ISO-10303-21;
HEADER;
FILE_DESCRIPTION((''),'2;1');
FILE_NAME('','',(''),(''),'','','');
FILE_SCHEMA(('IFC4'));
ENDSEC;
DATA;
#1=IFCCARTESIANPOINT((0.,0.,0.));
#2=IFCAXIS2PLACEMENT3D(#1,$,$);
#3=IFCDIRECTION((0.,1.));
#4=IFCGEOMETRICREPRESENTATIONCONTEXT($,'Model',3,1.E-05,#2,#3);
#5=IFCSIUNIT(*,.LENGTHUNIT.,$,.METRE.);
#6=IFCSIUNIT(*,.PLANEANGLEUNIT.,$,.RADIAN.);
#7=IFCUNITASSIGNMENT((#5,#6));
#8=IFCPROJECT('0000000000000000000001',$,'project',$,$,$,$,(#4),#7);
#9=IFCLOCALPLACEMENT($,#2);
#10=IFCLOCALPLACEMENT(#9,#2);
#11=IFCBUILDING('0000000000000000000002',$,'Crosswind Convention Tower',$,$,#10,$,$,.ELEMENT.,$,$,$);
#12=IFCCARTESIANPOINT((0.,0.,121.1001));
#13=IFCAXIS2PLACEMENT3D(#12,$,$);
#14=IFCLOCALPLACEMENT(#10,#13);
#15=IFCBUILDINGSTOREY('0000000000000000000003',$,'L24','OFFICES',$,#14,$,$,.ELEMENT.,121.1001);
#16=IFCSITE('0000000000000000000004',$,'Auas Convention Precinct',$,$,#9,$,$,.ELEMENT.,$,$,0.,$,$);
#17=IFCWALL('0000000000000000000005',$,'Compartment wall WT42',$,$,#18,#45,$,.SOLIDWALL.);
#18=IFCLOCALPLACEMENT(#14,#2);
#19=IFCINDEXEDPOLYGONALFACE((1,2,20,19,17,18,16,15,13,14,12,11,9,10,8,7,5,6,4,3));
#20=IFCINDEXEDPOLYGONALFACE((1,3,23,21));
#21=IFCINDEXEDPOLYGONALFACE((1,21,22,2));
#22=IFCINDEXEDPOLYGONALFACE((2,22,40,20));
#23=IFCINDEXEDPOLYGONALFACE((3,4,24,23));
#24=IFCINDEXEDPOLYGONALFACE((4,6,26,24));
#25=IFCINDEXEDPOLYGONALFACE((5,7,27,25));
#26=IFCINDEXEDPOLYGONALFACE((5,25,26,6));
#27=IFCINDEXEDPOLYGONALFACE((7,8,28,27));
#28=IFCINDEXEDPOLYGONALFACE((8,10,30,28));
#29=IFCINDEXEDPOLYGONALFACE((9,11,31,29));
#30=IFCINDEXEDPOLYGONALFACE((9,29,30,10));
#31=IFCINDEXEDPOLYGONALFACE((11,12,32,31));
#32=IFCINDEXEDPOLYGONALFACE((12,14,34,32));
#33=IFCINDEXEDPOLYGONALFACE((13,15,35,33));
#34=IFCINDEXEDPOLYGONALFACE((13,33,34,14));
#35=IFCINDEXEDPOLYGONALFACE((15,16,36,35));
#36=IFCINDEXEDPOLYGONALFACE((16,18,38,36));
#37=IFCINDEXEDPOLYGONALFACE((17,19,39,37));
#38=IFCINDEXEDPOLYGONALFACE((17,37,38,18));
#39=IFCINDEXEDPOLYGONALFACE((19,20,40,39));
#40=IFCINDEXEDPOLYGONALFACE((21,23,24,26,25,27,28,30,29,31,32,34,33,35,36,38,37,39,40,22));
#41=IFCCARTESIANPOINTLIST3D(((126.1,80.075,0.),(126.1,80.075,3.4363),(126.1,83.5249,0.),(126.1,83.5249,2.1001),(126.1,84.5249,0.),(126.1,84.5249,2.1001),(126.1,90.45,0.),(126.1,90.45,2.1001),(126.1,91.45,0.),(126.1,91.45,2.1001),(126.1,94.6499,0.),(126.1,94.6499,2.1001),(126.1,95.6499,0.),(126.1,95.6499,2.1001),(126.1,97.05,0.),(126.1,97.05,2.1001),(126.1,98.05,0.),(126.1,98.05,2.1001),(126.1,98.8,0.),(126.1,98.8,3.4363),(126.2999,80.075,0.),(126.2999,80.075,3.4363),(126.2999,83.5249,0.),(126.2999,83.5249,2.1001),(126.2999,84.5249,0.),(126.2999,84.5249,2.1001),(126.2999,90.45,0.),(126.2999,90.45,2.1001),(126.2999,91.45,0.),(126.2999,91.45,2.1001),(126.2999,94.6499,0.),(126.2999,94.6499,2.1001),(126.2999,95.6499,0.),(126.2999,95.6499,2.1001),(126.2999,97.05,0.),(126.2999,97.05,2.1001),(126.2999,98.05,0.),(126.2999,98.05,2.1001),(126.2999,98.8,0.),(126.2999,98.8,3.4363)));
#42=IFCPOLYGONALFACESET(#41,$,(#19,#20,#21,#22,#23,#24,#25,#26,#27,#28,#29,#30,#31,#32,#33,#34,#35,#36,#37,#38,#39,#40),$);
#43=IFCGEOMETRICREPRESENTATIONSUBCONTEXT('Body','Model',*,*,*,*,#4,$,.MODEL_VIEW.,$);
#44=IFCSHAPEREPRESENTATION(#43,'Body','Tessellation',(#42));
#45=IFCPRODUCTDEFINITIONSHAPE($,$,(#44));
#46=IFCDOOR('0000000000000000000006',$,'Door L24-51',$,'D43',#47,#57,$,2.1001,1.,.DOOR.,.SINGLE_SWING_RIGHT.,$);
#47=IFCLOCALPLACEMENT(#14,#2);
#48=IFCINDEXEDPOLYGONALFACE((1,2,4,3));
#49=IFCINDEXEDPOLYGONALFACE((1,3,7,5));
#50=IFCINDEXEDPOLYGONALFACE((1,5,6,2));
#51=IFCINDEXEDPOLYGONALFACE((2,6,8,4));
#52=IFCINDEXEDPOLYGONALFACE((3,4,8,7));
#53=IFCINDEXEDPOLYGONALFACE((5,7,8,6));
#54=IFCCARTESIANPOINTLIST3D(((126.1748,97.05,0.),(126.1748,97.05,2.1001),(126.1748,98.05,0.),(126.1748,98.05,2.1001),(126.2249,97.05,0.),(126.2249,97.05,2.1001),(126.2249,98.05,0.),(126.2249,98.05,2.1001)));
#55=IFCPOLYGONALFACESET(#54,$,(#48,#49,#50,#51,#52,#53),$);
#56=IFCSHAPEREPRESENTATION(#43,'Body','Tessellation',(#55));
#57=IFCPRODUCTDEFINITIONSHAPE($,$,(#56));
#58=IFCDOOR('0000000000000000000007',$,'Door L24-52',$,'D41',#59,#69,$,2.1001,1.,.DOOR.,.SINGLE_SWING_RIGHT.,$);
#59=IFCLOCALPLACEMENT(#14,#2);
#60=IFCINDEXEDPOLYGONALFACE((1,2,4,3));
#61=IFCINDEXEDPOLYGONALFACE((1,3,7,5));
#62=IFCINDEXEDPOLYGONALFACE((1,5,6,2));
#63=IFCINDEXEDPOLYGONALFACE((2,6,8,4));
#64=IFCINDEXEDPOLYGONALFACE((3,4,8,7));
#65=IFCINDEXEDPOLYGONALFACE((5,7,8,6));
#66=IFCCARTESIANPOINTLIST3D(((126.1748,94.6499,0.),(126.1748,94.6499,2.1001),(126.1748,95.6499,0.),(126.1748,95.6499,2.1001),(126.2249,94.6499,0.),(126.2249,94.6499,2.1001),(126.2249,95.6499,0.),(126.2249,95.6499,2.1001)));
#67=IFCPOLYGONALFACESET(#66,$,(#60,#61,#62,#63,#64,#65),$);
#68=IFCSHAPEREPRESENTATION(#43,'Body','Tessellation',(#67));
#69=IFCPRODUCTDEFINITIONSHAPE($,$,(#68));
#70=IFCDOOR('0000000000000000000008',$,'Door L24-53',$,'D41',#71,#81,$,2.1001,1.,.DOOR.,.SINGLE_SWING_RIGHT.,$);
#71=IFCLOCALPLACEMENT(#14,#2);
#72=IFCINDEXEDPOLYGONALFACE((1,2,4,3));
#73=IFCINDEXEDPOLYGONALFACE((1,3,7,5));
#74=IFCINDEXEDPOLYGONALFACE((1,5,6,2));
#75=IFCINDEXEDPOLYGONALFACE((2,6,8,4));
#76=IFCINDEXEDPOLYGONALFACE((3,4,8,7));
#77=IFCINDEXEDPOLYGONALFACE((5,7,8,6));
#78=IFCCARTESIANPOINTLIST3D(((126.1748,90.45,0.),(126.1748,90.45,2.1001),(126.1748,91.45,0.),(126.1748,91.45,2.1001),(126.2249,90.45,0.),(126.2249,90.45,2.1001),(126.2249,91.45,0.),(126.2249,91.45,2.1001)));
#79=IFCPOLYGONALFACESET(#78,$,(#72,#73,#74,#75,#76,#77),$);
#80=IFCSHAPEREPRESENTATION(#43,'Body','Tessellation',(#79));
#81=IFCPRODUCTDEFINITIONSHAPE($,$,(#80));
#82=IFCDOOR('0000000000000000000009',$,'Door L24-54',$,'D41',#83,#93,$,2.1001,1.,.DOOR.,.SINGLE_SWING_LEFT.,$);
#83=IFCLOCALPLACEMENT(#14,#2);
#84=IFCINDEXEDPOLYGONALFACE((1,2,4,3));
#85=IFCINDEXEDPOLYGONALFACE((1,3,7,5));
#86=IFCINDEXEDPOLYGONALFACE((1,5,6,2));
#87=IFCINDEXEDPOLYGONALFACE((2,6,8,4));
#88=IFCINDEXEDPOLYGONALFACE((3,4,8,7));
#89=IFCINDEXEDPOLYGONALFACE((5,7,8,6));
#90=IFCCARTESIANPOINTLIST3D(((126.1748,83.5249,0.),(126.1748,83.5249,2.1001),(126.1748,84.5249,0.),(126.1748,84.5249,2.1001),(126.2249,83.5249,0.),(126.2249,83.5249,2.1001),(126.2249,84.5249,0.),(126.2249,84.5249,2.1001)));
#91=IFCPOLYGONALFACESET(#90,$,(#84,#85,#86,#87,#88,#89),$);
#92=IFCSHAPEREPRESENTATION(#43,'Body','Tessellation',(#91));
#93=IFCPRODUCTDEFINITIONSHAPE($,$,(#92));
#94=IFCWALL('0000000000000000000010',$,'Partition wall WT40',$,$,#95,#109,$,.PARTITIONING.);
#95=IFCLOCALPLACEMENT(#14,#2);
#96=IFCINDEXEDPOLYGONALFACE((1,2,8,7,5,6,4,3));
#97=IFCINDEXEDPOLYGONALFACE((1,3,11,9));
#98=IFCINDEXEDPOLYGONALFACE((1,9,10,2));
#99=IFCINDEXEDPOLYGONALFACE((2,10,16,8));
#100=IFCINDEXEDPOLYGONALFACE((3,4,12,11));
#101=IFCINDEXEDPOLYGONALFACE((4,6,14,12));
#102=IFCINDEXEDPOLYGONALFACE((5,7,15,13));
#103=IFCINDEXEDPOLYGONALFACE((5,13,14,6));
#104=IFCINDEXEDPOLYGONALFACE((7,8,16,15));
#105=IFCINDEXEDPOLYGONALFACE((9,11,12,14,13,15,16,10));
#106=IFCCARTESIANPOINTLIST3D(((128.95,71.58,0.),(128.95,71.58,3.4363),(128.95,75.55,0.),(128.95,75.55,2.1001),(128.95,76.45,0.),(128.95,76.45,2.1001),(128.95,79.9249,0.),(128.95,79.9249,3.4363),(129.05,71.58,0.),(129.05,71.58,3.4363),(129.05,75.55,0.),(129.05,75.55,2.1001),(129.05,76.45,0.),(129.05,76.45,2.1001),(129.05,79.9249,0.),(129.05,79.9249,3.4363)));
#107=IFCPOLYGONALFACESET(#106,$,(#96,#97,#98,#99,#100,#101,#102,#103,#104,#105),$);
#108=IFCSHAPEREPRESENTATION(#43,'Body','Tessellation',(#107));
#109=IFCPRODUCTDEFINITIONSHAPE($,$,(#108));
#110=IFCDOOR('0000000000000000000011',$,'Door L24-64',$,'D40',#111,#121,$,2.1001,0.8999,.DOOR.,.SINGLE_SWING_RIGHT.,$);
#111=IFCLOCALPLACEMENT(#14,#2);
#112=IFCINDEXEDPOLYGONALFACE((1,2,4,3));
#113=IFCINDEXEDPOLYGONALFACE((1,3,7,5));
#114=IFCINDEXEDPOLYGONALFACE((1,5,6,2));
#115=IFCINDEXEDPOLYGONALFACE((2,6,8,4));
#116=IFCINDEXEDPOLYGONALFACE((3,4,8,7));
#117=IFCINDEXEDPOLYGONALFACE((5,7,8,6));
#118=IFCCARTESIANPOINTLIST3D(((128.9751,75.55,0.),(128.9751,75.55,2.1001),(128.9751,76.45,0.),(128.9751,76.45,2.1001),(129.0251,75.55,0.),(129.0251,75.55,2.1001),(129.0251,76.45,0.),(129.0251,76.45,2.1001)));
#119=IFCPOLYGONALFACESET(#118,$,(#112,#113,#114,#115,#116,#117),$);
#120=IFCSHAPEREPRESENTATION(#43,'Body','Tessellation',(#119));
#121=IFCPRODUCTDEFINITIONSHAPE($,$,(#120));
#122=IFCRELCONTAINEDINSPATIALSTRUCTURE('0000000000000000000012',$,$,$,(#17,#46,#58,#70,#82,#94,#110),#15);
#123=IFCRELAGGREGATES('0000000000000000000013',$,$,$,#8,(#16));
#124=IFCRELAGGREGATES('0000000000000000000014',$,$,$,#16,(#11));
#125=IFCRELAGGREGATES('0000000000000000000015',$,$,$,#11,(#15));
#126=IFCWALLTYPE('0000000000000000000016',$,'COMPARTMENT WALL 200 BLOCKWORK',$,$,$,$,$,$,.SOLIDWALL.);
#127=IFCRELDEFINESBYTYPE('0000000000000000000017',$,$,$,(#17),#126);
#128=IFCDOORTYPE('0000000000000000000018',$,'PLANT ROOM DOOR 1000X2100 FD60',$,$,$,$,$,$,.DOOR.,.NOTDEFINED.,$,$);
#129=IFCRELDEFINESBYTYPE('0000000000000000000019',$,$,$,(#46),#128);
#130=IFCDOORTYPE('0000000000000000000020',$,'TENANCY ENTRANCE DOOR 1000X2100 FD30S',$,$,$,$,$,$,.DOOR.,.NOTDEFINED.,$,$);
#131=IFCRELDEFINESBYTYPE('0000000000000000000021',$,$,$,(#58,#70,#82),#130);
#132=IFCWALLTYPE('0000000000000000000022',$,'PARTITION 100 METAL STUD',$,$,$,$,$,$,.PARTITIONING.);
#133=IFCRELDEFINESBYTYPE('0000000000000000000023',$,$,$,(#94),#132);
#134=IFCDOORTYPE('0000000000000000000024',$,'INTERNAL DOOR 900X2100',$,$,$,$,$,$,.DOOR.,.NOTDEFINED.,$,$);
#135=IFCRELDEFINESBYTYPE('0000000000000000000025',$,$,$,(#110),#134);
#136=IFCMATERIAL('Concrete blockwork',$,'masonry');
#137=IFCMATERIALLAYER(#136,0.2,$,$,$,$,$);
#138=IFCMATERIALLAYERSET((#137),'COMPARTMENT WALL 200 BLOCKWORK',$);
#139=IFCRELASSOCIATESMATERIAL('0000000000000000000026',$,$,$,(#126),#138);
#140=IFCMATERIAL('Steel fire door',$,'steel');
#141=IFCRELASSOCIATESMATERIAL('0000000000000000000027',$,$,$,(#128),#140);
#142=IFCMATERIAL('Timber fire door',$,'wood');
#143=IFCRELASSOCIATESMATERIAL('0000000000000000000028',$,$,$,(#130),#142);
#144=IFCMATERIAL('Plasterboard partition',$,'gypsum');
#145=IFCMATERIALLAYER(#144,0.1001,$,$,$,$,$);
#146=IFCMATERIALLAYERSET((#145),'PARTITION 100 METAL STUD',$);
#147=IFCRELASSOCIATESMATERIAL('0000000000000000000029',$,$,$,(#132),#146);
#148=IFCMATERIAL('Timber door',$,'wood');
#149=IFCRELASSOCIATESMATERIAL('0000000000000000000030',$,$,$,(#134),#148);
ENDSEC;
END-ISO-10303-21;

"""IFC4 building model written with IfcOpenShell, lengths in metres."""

from ifc_helpers import new_model, si_unit, direction, frame, frame_2d, origin, place, context, subcontext, project, spatial, rectangle, extrude, material, layer, layer_set, type_object, element, fill, save


model = new_model("IFC4")

# Units and contexts
model_context = context("Model", 3, precision=1e-05, world=origin(), true_north=direction((0.0, 1.0)))
body_context = subcontext(model_context, "Body", "Model", "MODEL_VIEW")
ifc_project = project(units=[si_unit("LENGTHUNIT", "METRE"), si_unit("PLANEANGLEUNIT", "RADIAN")], contexts=[model_context])

# Site, building, storey
site_placement = place(None, origin())
site = spatial("IfcSite", under=ifc_project, at=site_placement, Name="Auas Convention Precinct", CompositionType="ELEMENT", RefElevation=0.0)
building_placement = place(site_placement, origin())
building = spatial("IfcBuilding", under=site, at=building_placement, Name="Crosswind Convention Tower", CompositionType="ELEMENT")
storey_placement = place(building_placement, frame((0.0, 0.0, 121.1001)))
storey = spatial("IfcBuildingStorey", under=building, at=storey_placement, Name="L24", Description="OFFICES", CompositionType="ELEMENT", Elevation=121.1001)

# Wall, openings, doors
ifc_material_1 = material(Name="Concrete blockwork", Category="masonry")
ifc_layer_1 = layer(ifc_material_1, 0.2)
ifc_layer_set_1 = layer_set([ifc_layer_1], Name="COMPARTMENT WALL 200 BLOCKWORK")
wall_type_1 = type_object("IfcWallType", Name="COMPARTMENT WALL 200 BLOCKWORK", PredefinedType="SOLIDWALL", material=ifc_layer_set_1)
ifc_material_2 = material(Name="Steel fire door", Category="steel")
door_type_1 = type_object("IfcDoorType", Name="PLANT ROOM DOOR 1000X2100 FD60", OperationType="NOTDEFINED", PredefinedType="DOOR", material=ifc_material_2)
ifc_material_3 = material(Name="Timber fire door", Category="wood")
door_type_2 = type_object("IfcDoorType", Name="TENANCY ENTRANCE DOOR 1000X2100 FD30S", OperationType="NOTDEFINED", PredefinedType="DOOR", material=ifc_material_3)
wall_1_placement = place(storey_placement, frame((126.2, 80.075, 0.0), z_axis=(0.0, 0.0, 1.0), x_axis=(0.0, 1.0, 0.0)))
wall_1 = element("IfcWall", 1, at=wall_1_placement, inside=storey, type_object=wall_type_1, Name="Compartment wall WT42", PredefinedType="SOLIDWALL", context=body_context, shape_type="SweptSolid", body=[
    extrude(rectangle(XDim=18.7251, YDim=0.2, at=frame_2d((9.3625, 0.0))), origin(), (0.0, 0.0, 1.0), 3.4363),
])
opening_1_placement = place(wall_1_placement, frame((16.9751, 0.0, 0.0)))
opening_1 = element("IfcOpeningElement", 2, at=opening_1_placement, cuts=wall_1, PredefinedType="OPENING", context=body_context, shape_type="SweptSolid", body=[
    extrude(rectangle(XDim=1.0, YDim=2.1001, at=frame_2d((0.5, 1.05))), frame((0.0, 0.1099, 0.0), z_axis=(0.0, -1.0, 0.0), x_axis=(1.0, 0.0, 0.0)), (0.0, 0.0, 1.0), 0.22),
])
opening_2_placement = place(wall_1_placement, frame((14.575, 0.0, 0.0)))
opening_2 = element("IfcOpeningElement", 3, at=opening_2_placement, cuts=wall_1, PredefinedType="OPENING", context=body_context, shape_type="SweptSolid", body=[
    extrude(rectangle(XDim=1.0, YDim=2.1001, at=frame_2d((0.5, 1.05))), frame((0.0, 0.1099, 0.0), z_axis=(0.0, -1.0, 0.0), x_axis=(1.0, 0.0, 0.0)), (0.0, 0.0, 1.0), 0.22),
])
opening_3_placement = place(wall_1_placement, frame((10.375, 0.0, 0.0)))
opening_3 = element("IfcOpeningElement", 4, at=opening_3_placement, cuts=wall_1, PredefinedType="OPENING", context=body_context, shape_type="SweptSolid", body=[
    extrude(rectangle(XDim=1.0, YDim=2.1001, at=frame_2d((0.5, 1.05))), frame((0.0, 0.1099, 0.0), z_axis=(0.0, -1.0, 0.0), x_axis=(1.0, 0.0, 0.0)), (0.0, 0.0, 1.0), 0.22),
])
opening_4_placement = place(wall_1_placement, frame((3.45, 0.0, 0.0)))
opening_4 = element("IfcOpeningElement", 5, at=opening_4_placement, cuts=wall_1, PredefinedType="OPENING", context=body_context, shape_type="SweptSolid", body=[
    extrude(rectangle(XDim=1.0, YDim=2.1001, at=frame_2d((0.5, 1.05))), frame((0.0, 0.1099, 0.0), z_axis=(0.0, -1.0, 0.0), x_axis=(1.0, 0.0, 0.0)), (0.0, 0.0, 1.0), 0.22),
])
door_1_placement = place(opening_1_placement, frame((1.0, 0.0, 0.0), z_axis=(0.0, 0.0, 1.0), x_axis=(-1.0, 0.0, 0.0)))
door_1 = element("IfcDoor", 6, at=door_1_placement, inside=storey, type_object=door_type_1, Name="Door L24-51", ObjectType="D43", OperationType="SINGLE_SWING_RIGHT", OverallHeight=2.1001, OverallWidth=1.0, PredefinedType="DOOR", context=body_context, shape_type="SweptSolid", body=[
    extrude(rectangle(XDim=1.0, YDim=2.1001, at=frame_2d((0.5, 1.05))), frame((0.0, 0.0249, 0.0), z_axis=(0.0, -1.0, 0.0), x_axis=(1.0, 0.0, 0.0)), (0.0, 0.0, 1.0), 0.05),
])
fill(opening_1, door_1)
door_2_placement = place(opening_2_placement, frame((1.0, 0.0, 0.0), z_axis=(0.0, 0.0, 1.0), x_axis=(-1.0, 0.0, 0.0)))
door_2 = element("IfcDoor", 7, at=door_2_placement, inside=storey, type_object=door_type_2, Name="Door L24-52", ObjectType="D41", OperationType="SINGLE_SWING_RIGHT", OverallHeight=2.1001, OverallWidth=1.0, PredefinedType="DOOR", context=body_context, shape_type="SweptSolid", body=[
    extrude(rectangle(XDim=1.0, YDim=2.1001, at=frame_2d((0.5, 1.05))), frame((0.0, 0.0249, 0.0), z_axis=(0.0, -1.0, 0.0), x_axis=(1.0, 0.0, 0.0)), (0.0, 0.0, 1.0), 0.05),
])
fill(opening_2, door_2)
door_3_placement = place(opening_3_placement, frame((1.0, 0.0, 0.0), z_axis=(0.0, 0.0, 1.0), x_axis=(-1.0, 0.0, 0.0)))
door_3 = element("IfcDoor", 8, at=door_3_placement, inside=storey, type_object=door_type_2, Name="Door L24-53", ObjectType="D41", OperationType="SINGLE_SWING_RIGHT", OverallHeight=2.1001, OverallWidth=1.0, PredefinedType="DOOR", context=body_context, shape_type="SweptSolid", body=[
    extrude(rectangle(XDim=1.0, YDim=2.1001, at=frame_2d((0.5, 1.05))), frame((0.0, 0.0249, 0.0), z_axis=(0.0, -1.0, 0.0), x_axis=(1.0, 0.0, 0.0)), (0.0, 0.0, 1.0), 0.05),
])
fill(opening_3, door_3)
door_4_placement = place(opening_4_placement, frame((1.0, 0.0, 0.0), z_axis=(0.0, 0.0, 1.0), x_axis=(-1.0, 0.0, 0.0)))
door_4 = element("IfcDoor", 9, at=door_4_placement, inside=storey, type_object=door_type_2, Name="Door L24-54", ObjectType="D41", OperationType="SINGLE_SWING_LEFT", OverallHeight=2.1001, OverallWidth=1.0, PredefinedType="DOOR", context=body_context, shape_type="SweptSolid", body=[
    extrude(rectangle(XDim=1.0, YDim=2.1001, at=frame_2d((0.5, 1.05))), frame((0.0, 0.0249, 0.0), z_axis=(0.0, -1.0, 0.0), x_axis=(1.0, 0.0, 0.0)), (0.0, 0.0, 1.0), 0.05),
])
fill(opening_4, door_4)

# Wall, opening, door
ifc_material_4 = material(Name="Plasterboard partition", Category="gypsum")
ifc_layer_2 = layer(ifc_material_4, 0.1001)
ifc_layer_set_2 = layer_set([ifc_layer_2], Name="PARTITION 100 METAL STUD")
wall_type_2 = type_object("IfcWallType", Name="PARTITION 100 METAL STUD", PredefinedType="PARTITIONING", material=ifc_layer_set_2)
wall_2_placement = place(storey_placement, frame((129.0, 71.5801, 0.0), z_axis=(0.0, 0.0, 1.0), x_axis=(0.0, 1.0, 0.0)))
wall_2 = element("IfcWall", 10, at=wall_2_placement, inside=storey, type_object=wall_type_2, Name="Partition wall WT40", PredefinedType="PARTITIONING", context=body_context, shape_type="SweptSolid", body=[
    extrude(rectangle(XDim=8.345, YDim=0.1001, at=frame_2d((4.1724, 0.0))), origin(), (0.0, 0.0, 1.0), 3.4363),
])
opening_5_placement = place(wall_2_placement, frame((3.97, 0.0, 0.0)))
opening_5 = element("IfcOpeningElement", 11, at=opening_5_placement, cuts=wall_2, PredefinedType="OPENING", context=body_context, shape_type="SweptSolid", body=[
    extrude(rectangle(XDim=0.8999, YDim=2.1001, at=frame_2d((0.45, 1.05))), frame((0.0, 0.0601, 0.0), z_axis=(0.0, -1.0, 0.0), x_axis=(1.0, 0.0, 0.0)), (0.0, 0.0, 1.0), 0.1201),
])
ifc_material_5 = material(Name="Timber door", Category="wood")
door_type_3 = type_object("IfcDoorType", Name="INTERNAL DOOR 900X2100", OperationType="NOTDEFINED", PredefinedType="DOOR", material=ifc_material_5)
door_5_placement = place(opening_5_placement, origin())
door_5 = element("IfcDoor", 12, at=door_5_placement, inside=storey, type_object=door_type_3, Name="Door L24-64", ObjectType="D40", OperationType="SINGLE_SWING_RIGHT", OverallHeight=2.1001, OverallWidth=0.8999, PredefinedType="DOOR", context=body_context, shape_type="SweptSolid", body=[
    extrude(rectangle(XDim=0.8999, YDim=2.1001, at=frame_2d((0.45, 1.05))), frame((0.0, 0.0249, 0.0), z_axis=(0.0, -1.0, 0.0), x_axis=(1.0, 0.0, 0.0)), (0.0, 0.0, 1.0), 0.05),
])
fill(opening_5, door_5)

save(model, "model.ifc")
